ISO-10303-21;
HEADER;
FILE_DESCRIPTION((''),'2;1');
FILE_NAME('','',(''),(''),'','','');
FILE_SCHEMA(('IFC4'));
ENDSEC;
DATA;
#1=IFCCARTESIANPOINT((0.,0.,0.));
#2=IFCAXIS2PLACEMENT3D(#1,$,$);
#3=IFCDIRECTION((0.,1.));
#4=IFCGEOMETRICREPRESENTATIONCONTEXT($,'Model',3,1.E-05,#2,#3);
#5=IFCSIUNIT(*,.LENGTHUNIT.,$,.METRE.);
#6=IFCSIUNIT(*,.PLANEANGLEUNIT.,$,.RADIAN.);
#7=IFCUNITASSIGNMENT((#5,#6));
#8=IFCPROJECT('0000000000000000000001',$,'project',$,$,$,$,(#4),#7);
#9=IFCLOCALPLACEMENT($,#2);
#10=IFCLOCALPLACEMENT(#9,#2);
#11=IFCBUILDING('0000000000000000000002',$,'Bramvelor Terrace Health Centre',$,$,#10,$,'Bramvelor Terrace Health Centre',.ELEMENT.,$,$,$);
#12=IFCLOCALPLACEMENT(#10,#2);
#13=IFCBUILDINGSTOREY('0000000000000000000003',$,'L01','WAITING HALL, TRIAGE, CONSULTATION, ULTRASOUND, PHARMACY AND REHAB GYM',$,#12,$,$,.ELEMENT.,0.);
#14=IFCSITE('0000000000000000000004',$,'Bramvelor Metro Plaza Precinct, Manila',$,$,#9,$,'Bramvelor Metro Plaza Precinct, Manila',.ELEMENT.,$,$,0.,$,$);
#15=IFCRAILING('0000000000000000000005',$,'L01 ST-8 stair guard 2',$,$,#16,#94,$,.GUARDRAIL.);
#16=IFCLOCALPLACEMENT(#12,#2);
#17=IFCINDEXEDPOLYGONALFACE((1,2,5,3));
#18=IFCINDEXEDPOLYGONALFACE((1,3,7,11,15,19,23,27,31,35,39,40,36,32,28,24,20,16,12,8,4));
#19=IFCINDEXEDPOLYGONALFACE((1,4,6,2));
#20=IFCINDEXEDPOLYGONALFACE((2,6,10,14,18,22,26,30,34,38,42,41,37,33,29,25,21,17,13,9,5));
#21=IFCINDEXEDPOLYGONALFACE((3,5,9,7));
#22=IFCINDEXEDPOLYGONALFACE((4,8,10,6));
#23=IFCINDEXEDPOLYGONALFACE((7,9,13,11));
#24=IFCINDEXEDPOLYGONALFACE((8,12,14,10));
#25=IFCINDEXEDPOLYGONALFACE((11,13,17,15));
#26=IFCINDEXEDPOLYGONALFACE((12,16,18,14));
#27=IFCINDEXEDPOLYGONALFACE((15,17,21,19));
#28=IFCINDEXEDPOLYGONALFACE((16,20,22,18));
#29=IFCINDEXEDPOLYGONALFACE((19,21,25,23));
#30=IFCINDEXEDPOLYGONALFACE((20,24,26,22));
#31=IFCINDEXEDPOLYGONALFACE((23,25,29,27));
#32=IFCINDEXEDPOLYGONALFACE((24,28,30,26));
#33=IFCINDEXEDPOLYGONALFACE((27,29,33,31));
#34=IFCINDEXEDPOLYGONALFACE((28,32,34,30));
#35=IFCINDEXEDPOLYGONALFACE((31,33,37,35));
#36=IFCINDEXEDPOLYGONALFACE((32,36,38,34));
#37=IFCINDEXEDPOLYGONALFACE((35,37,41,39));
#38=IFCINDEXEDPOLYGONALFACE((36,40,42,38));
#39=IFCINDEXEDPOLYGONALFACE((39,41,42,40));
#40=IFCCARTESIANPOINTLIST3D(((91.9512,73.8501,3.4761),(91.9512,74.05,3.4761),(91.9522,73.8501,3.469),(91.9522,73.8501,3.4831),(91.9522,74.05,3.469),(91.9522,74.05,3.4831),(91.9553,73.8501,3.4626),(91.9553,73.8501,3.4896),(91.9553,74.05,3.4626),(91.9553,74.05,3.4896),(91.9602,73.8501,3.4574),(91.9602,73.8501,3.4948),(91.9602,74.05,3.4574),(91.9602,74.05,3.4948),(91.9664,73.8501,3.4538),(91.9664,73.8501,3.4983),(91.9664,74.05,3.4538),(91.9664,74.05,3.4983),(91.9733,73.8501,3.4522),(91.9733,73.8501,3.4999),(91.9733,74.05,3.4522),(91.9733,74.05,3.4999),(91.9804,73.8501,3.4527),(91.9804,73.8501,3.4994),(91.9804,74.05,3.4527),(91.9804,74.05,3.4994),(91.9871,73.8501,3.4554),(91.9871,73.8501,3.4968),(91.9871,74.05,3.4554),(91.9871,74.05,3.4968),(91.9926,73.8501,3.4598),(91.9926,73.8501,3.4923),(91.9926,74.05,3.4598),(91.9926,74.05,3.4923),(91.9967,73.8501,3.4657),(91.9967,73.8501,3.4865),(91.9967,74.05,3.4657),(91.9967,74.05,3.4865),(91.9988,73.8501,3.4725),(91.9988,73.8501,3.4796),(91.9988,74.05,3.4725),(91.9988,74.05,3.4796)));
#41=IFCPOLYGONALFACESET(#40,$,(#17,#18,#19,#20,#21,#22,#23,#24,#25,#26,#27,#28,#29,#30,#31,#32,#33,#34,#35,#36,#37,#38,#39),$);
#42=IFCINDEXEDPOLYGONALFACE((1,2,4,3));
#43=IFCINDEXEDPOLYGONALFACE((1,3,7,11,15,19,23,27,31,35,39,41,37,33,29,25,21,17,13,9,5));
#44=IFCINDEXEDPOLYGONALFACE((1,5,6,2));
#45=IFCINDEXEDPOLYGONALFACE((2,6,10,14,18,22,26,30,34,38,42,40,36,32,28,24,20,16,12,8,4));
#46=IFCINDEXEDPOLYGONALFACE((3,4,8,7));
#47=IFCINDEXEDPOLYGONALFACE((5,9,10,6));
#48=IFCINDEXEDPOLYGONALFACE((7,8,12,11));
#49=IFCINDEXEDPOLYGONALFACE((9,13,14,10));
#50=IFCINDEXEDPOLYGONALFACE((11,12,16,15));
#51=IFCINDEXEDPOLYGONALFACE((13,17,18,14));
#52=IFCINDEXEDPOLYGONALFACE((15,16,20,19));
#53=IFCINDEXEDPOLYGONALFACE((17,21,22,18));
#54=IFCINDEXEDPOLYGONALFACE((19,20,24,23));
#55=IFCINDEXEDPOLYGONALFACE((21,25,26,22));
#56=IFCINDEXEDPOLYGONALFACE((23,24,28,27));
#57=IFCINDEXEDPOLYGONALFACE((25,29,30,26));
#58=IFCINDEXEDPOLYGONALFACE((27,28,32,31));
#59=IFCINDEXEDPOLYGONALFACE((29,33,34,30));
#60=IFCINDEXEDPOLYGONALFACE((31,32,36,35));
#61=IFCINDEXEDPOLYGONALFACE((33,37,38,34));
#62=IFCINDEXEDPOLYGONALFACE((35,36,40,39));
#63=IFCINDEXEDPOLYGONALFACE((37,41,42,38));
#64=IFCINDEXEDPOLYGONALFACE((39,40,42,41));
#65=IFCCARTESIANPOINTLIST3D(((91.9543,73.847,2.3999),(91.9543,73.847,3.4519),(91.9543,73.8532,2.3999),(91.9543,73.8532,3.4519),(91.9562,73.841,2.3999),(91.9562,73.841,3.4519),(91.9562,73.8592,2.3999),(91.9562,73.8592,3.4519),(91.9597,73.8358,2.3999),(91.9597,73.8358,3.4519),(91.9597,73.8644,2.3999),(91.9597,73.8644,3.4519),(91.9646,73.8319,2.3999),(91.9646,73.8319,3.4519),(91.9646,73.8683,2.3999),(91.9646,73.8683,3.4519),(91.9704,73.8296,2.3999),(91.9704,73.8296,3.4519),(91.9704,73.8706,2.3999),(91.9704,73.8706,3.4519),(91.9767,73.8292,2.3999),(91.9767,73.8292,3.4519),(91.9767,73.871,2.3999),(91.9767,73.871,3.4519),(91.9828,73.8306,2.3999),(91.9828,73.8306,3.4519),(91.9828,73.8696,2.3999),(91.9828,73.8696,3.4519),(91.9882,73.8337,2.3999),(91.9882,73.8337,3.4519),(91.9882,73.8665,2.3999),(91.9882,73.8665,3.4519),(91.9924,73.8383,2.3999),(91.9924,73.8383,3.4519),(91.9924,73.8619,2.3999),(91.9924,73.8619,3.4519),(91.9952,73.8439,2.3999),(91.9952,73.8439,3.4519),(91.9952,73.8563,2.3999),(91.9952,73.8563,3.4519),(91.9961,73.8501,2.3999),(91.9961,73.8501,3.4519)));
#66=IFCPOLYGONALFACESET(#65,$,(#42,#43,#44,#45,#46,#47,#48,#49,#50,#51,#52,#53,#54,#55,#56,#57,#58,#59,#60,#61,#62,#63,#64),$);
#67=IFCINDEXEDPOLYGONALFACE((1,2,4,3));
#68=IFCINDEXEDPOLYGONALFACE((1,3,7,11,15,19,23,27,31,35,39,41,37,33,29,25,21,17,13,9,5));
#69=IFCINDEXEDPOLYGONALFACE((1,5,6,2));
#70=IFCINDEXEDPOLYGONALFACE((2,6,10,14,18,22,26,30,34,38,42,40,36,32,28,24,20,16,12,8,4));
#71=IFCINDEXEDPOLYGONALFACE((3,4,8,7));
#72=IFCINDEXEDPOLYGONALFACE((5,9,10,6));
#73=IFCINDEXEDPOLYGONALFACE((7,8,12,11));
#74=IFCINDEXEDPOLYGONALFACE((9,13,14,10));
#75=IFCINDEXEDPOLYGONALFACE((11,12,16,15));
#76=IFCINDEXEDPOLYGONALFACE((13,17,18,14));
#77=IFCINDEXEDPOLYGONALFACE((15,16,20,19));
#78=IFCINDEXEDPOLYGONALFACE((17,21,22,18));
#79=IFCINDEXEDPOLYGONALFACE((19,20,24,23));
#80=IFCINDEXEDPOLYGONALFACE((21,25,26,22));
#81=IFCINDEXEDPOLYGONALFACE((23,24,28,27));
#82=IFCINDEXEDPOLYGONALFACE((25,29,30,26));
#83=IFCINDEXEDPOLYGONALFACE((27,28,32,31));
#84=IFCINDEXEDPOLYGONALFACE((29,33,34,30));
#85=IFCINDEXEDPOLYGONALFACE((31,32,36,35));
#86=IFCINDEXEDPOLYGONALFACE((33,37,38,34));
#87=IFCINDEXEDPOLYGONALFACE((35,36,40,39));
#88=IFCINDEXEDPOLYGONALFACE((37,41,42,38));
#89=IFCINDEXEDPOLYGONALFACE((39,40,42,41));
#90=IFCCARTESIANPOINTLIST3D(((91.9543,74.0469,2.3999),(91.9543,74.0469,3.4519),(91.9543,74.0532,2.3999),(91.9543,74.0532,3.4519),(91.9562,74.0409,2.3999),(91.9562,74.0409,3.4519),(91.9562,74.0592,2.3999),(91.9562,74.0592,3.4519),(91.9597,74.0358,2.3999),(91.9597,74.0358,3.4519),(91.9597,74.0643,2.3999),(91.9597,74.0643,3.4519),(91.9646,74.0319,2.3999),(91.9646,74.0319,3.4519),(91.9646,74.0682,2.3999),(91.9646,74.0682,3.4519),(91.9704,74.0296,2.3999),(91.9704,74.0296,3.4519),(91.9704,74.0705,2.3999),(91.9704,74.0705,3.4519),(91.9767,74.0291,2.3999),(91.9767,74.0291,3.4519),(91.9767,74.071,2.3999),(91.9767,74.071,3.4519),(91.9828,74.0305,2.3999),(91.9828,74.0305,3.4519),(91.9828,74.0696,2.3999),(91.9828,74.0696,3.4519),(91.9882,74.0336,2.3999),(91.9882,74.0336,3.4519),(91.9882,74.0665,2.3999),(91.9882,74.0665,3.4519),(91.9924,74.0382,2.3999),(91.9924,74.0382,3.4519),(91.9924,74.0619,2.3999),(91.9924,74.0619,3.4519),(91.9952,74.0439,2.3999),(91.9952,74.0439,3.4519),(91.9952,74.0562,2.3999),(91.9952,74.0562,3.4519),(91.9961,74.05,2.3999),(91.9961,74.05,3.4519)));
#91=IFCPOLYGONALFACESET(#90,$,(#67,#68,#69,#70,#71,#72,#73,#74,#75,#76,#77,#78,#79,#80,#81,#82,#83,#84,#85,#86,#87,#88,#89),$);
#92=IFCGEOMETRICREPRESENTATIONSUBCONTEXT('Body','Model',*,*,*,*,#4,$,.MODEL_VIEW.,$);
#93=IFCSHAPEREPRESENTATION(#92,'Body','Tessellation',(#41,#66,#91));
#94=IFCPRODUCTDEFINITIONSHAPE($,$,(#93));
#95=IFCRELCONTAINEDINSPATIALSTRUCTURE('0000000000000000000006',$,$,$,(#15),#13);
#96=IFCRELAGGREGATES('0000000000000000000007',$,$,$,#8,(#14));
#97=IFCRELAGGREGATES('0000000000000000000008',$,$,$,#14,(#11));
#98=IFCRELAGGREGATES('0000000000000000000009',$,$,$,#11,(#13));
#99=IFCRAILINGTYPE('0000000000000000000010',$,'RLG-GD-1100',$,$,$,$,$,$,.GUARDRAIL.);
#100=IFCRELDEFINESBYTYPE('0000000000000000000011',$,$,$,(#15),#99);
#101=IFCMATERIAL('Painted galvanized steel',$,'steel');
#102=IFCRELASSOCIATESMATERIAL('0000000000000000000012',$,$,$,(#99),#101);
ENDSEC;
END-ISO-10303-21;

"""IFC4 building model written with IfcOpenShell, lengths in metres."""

from ifc_helpers import new_model, si_unit, direction, frame, origin, origin_2d, place, context, subcontext, project, spatial, circle, extrude, material, type_object, element, save


model = new_model("IFC4")

# Units and contexts
model_context = context("Model", 3, precision=1e-05, world=origin(), true_north=direction((0.0, 1.0)))
body_context = subcontext(model_context, "Body", "Model", "MODEL_VIEW")
ifc_project = project(units=[si_unit("LENGTHUNIT", "METRE"), si_unit("PLANEANGLEUNIT", "RADIAN")], contexts=[model_context])

# Site, building, storey
site_placement = place(None, origin())
site = spatial("IfcSite", under=ifc_project, at=site_placement, Name="Bramvelor Metro Plaza Precinct, Manila", LongName="Bramvelor Metro Plaza Precinct, Manila", CompositionType="ELEMENT", RefElevation=0.0)
building_placement = place(site_placement, origin())
building = spatial("IfcBuilding", under=site, at=building_placement, Name="Bramvelor Terrace Health Centre", LongName="Bramvelor Terrace Health Centre", CompositionType="ELEMENT")
storey_placement = place(building_placement, origin())
storey = spatial("IfcBuildingStorey", under=building, at=storey_placement, Name="L01", Description="WAITING HALL, TRIAGE, CONSULTATION, ULTRASOUND, PHARMACY AND REHAB GYM", CompositionType="ELEMENT", Elevation=0.0)

# Railing
ifc_material_1 = material(Name="Painted galvanized steel", Category="steel")
railing_type_1 = type_object("IfcRailingType", Name="RLG-GD-1100", PredefinedType="GUARDRAIL", material=ifc_material_1)
railing_1_placement = place(storey_placement, frame((91.9751, 73.8501, 2.3999)))
element("IfcRailing", 1, at=railing_1_placement, inside=storey, type_object=railing_type_1, Name="L01 ST-8 stair guard 2", PredefinedType="GUARDRAIL", context=body_context, shape_type="SweptSolid", body=[
    extrude(circle(Radius=0.0239, at=origin_2d()), frame((0.0, 0.0, 1.0762), z_axis=(0.0, 1.0, 0.0), x_axis=(-1.0, 0.0, 0.0)), (0.0, 0.0, 1.0), 0.2),
    extrude(circle(Radius=0.021, at=origin_2d()), origin(), (0.0, 0.0, 1.0), 1.052),
    extrude(circle(Radius=0.021, at=origin_2d()), frame((0.0, 0.2, 0.0)), (0.0, 0.0, 1.0), 1.052),
])

save(model, "model.ifc")
